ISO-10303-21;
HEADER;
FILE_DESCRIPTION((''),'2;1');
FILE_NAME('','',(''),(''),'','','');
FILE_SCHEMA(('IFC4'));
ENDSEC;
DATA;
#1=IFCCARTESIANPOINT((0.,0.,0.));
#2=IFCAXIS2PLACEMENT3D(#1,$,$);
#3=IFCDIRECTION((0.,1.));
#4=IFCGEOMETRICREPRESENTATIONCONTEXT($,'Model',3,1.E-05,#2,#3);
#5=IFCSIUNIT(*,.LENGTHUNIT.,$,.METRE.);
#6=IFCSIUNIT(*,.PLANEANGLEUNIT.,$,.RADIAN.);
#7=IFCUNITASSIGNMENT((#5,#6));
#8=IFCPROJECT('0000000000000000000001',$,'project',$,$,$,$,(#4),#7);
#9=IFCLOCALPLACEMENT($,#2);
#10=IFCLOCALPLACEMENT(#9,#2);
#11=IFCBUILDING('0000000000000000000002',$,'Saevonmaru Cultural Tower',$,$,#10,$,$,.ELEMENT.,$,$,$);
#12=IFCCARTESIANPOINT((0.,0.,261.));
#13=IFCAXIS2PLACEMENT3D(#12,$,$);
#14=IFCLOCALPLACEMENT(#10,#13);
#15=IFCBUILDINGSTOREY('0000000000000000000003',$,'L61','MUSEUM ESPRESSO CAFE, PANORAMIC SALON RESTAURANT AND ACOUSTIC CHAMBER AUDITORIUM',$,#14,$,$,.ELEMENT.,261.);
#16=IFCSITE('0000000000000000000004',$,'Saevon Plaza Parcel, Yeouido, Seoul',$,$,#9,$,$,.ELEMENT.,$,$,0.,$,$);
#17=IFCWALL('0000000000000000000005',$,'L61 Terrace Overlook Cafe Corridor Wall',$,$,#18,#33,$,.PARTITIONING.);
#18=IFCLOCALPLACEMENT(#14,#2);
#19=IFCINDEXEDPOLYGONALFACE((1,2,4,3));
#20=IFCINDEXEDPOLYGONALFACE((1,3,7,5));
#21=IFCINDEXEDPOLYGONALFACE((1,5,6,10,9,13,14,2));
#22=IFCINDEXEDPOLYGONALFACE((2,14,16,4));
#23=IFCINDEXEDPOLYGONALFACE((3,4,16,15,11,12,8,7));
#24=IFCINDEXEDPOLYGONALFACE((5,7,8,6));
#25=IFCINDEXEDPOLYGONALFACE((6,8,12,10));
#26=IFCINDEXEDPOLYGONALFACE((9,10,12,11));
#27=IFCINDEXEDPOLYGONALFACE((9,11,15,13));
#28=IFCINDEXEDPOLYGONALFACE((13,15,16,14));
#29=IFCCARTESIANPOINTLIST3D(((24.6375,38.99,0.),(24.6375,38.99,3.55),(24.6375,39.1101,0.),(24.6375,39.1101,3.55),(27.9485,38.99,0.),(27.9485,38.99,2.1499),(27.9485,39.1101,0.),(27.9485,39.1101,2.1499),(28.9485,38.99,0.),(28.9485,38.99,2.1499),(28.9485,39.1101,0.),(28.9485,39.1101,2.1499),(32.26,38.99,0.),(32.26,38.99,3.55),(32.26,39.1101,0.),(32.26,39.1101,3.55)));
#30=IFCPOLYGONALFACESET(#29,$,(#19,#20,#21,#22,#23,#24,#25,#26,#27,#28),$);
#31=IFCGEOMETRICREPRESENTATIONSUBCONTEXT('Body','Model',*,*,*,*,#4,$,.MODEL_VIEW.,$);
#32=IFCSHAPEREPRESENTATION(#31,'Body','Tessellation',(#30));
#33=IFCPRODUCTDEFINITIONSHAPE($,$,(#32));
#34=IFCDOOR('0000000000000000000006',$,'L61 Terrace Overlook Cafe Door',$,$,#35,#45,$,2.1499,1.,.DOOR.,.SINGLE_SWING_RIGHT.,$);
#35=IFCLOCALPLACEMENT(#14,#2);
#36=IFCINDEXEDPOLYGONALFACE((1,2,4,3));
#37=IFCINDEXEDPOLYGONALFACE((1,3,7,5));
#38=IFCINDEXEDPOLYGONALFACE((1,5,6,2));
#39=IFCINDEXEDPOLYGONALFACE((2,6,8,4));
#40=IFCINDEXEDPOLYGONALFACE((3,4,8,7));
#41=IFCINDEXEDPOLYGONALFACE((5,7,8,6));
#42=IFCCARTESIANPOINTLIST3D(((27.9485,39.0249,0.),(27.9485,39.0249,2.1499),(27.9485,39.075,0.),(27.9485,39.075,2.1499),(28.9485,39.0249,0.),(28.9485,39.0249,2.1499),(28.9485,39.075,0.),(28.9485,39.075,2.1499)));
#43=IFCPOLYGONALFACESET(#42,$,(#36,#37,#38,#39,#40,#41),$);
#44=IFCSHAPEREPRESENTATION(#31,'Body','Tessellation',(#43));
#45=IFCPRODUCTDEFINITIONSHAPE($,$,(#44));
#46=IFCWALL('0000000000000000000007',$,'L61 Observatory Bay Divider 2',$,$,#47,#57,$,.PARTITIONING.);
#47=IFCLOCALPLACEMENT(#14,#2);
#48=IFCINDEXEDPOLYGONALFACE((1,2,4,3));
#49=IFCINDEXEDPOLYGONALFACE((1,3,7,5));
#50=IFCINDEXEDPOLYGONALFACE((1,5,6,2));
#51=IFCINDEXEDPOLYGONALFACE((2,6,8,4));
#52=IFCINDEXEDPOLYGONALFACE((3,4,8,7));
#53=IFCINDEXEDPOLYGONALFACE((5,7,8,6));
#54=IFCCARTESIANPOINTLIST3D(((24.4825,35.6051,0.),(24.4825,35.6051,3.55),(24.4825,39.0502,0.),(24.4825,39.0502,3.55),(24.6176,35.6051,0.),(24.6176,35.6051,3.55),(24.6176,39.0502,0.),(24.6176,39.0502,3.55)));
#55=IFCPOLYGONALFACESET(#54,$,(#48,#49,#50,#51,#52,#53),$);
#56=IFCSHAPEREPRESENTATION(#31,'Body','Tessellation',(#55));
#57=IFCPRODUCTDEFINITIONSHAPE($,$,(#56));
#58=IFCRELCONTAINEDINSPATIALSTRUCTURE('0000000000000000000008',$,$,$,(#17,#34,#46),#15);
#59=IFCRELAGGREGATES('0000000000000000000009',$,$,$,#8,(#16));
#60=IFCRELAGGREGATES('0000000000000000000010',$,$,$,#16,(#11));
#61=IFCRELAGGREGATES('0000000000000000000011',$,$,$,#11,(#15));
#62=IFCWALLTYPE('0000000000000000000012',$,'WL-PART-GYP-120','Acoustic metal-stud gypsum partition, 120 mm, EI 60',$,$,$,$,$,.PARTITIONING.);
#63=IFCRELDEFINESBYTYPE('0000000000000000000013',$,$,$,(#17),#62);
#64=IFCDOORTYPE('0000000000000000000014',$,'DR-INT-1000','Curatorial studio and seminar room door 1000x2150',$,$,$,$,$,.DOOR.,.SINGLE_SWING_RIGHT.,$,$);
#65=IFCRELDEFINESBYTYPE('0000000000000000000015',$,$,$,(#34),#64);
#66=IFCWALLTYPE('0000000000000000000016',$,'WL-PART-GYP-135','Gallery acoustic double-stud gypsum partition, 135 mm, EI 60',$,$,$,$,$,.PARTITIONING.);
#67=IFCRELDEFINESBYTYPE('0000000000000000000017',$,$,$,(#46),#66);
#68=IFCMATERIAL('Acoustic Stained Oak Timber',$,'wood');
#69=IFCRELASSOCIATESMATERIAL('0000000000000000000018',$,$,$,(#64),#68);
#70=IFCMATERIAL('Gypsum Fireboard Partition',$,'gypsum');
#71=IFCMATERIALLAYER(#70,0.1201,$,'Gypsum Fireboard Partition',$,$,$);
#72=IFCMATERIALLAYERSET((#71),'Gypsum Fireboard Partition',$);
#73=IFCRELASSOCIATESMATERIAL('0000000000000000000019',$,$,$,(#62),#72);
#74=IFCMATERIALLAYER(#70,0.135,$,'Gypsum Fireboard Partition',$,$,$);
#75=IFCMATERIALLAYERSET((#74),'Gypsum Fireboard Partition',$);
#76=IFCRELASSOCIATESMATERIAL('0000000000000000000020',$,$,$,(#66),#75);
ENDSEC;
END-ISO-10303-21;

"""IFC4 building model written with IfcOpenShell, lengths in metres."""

from ifc_helpers import new_model, si_unit, direction, frame, frame_2d, origin, place, context, subcontext, project, spatial, rectangle, extrude, material, layer, layer_set, type_object, element, fill, save


model = new_model("IFC4")

# Units and contexts
model_context = context("Model", 3, precision=1e-05, world=origin(), true_north=direction((0.0, 1.0)))
body_context = subcontext(model_context, "Body", "Model", "MODEL_VIEW")
ifc_project = project(units=[si_unit("LENGTHUNIT", "METRE"), si_unit("PLANEANGLEUNIT", "RADIAN")], contexts=[model_context])

# Site, building, storey
site_placement = place(None, origin())
site = spatial("IfcSite", under=ifc_project, at=site_placement, Name="Saevon Plaza Parcel, Yeouido, Seoul", CompositionType="ELEMENT", RefElevation=0.0)
building_placement = place(site_placement, origin())
building = spatial("IfcBuilding", under=site, at=building_placement, Name="Saevonmaru Cultural Tower", CompositionType="ELEMENT")
storey_placement = place(building_placement, frame((0.0, 0.0, 261.0)))
storey = spatial("IfcBuildingStorey", under=building, at=storey_placement, Name="L61", Description="MUSEUM ESPRESSO CAFE, PANORAMIC SALON RESTAURANT AND ACOUSTIC CHAMBER AUDITORIUM", CompositionType="ELEMENT", Elevation=261.0)

# Shared definitions
ifc_material_1 = material(Name="Gypsum Fireboard Partition", Category="gypsum")

# Shared definitions
ifc_material_2 = material(Name="Acoustic Stained Oak Timber", Category="wood")
door_type_1 = type_object("IfcDoorType", Name="DR-INT-1000", Description="Curatorial studio and seminar room door 1000x2150", OperationType="SINGLE_SWING_RIGHT", PredefinedType="DOOR", material=ifc_material_2)

# Shared definitions
ifc_layer_1 = layer(ifc_material_1, 0.1201, Name="Gypsum Fireboard Partition")
ifc_layer_set_1 = layer_set([ifc_layer_1], Name="Gypsum Fireboard Partition")
wall_type_1 = type_object("IfcWallType", Name="WL-PART-GYP-120", Description="Acoustic metal-stud gypsum partition, 120 mm, EI 60", PredefinedType="PARTITIONING", material=ifc_layer_set_1)

# Wall, opening, door
wall_1_placement = place(storey_placement, frame((24.6375, 39.05, 0.0), z_axis=(0.0, 0.0, 1.0), x_axis=(1.0, 0.0, 0.0)))
wall_1 = element("IfcWall", 1, at=wall_1_placement, inside=storey, type_object=wall_type_1, Name="L61 Terrace Overlook Cafe Corridor Wall", PredefinedType="PARTITIONING", context=body_context, shape_type="SweptSolid", body=[
    extrude(rectangle(XDim=7.6226, YDim=0.1201, at=frame_2d((3.8113, 0.0))), origin(), (0.0, 0.0, 1.0), 3.55),
])
opening_1_placement = place(wall_1_placement, frame((3.311, 0.0, 0.0)))
opening_1 = element("IfcOpeningElement", 2, at=opening_1_placement, cuts=wall_1, PredefinedType="OPENING", context=body_context, shape_type="SweptSolid", body=[
    extrude(rectangle(XDim=1.0, YDim=2.1499, at=frame_2d((0.5, 1.075))), frame((0.0, 0.0701, 0.0), z_axis=(0.0, -1.0, 0.0), x_axis=(1.0, 0.0, 0.0)), (0.0, 0.0, 1.0), 0.1401),
])
door_1_placement = place(opening_1_placement, origin())
door_1 = element("IfcDoor", 3, at=door_1_placement, inside=storey, type_object=door_type_1, Name="L61 Terrace Overlook Cafe Door", OperationType="SINGLE_SWING_RIGHT", OverallHeight=2.1499, OverallWidth=1.0, PredefinedType="DOOR", context=body_context, shape_type="SweptSolid", body=[
    extrude(rectangle(XDim=1.0, YDim=2.1499, at=frame_2d((0.5, 1.075))), frame((0.0, 0.0249, 0.0), z_axis=(0.0, -1.0, 0.0), x_axis=(1.0, 0.0, 0.0)), (0.0, 0.0, 1.0), 0.05),
])
fill(opening_1, door_1)

# Wall
ifc_layer_2 = layer(ifc_material_1, 0.135, Name="Gypsum Fireboard Partition")
ifc_layer_set_2 = layer_set([ifc_layer_2], Name="Gypsum Fireboard Partition")
wall_type_2 = type_object("IfcWallType", Name="WL-PART-GYP-135", Description="Gallery acoustic double-stud gypsum partition, 135 mm, EI 60", PredefinedType="PARTITIONING", material=ifc_layer_set_2)
wall_2_placement = place(storey_placement, frame((24.55, 35.605, 0.0), z_axis=(0.0, 0.0, 1.0), x_axis=(0.0, 1.0, 0.0)))
element("IfcWall", 4, at=wall_2_placement, inside=storey, type_object=wall_type_2, Name="L61 Observatory Bay Divider 2", PredefinedType="PARTITIONING", context=body_context, shape_type="SweptSolid", body=[
    extrude(rectangle(XDim=3.4451, YDim=0.135, at=frame_2d((1.7227, 0.0))), origin(), (0.0, 0.0, 1.0), 3.55),
])

save(model, "model.ifc")
